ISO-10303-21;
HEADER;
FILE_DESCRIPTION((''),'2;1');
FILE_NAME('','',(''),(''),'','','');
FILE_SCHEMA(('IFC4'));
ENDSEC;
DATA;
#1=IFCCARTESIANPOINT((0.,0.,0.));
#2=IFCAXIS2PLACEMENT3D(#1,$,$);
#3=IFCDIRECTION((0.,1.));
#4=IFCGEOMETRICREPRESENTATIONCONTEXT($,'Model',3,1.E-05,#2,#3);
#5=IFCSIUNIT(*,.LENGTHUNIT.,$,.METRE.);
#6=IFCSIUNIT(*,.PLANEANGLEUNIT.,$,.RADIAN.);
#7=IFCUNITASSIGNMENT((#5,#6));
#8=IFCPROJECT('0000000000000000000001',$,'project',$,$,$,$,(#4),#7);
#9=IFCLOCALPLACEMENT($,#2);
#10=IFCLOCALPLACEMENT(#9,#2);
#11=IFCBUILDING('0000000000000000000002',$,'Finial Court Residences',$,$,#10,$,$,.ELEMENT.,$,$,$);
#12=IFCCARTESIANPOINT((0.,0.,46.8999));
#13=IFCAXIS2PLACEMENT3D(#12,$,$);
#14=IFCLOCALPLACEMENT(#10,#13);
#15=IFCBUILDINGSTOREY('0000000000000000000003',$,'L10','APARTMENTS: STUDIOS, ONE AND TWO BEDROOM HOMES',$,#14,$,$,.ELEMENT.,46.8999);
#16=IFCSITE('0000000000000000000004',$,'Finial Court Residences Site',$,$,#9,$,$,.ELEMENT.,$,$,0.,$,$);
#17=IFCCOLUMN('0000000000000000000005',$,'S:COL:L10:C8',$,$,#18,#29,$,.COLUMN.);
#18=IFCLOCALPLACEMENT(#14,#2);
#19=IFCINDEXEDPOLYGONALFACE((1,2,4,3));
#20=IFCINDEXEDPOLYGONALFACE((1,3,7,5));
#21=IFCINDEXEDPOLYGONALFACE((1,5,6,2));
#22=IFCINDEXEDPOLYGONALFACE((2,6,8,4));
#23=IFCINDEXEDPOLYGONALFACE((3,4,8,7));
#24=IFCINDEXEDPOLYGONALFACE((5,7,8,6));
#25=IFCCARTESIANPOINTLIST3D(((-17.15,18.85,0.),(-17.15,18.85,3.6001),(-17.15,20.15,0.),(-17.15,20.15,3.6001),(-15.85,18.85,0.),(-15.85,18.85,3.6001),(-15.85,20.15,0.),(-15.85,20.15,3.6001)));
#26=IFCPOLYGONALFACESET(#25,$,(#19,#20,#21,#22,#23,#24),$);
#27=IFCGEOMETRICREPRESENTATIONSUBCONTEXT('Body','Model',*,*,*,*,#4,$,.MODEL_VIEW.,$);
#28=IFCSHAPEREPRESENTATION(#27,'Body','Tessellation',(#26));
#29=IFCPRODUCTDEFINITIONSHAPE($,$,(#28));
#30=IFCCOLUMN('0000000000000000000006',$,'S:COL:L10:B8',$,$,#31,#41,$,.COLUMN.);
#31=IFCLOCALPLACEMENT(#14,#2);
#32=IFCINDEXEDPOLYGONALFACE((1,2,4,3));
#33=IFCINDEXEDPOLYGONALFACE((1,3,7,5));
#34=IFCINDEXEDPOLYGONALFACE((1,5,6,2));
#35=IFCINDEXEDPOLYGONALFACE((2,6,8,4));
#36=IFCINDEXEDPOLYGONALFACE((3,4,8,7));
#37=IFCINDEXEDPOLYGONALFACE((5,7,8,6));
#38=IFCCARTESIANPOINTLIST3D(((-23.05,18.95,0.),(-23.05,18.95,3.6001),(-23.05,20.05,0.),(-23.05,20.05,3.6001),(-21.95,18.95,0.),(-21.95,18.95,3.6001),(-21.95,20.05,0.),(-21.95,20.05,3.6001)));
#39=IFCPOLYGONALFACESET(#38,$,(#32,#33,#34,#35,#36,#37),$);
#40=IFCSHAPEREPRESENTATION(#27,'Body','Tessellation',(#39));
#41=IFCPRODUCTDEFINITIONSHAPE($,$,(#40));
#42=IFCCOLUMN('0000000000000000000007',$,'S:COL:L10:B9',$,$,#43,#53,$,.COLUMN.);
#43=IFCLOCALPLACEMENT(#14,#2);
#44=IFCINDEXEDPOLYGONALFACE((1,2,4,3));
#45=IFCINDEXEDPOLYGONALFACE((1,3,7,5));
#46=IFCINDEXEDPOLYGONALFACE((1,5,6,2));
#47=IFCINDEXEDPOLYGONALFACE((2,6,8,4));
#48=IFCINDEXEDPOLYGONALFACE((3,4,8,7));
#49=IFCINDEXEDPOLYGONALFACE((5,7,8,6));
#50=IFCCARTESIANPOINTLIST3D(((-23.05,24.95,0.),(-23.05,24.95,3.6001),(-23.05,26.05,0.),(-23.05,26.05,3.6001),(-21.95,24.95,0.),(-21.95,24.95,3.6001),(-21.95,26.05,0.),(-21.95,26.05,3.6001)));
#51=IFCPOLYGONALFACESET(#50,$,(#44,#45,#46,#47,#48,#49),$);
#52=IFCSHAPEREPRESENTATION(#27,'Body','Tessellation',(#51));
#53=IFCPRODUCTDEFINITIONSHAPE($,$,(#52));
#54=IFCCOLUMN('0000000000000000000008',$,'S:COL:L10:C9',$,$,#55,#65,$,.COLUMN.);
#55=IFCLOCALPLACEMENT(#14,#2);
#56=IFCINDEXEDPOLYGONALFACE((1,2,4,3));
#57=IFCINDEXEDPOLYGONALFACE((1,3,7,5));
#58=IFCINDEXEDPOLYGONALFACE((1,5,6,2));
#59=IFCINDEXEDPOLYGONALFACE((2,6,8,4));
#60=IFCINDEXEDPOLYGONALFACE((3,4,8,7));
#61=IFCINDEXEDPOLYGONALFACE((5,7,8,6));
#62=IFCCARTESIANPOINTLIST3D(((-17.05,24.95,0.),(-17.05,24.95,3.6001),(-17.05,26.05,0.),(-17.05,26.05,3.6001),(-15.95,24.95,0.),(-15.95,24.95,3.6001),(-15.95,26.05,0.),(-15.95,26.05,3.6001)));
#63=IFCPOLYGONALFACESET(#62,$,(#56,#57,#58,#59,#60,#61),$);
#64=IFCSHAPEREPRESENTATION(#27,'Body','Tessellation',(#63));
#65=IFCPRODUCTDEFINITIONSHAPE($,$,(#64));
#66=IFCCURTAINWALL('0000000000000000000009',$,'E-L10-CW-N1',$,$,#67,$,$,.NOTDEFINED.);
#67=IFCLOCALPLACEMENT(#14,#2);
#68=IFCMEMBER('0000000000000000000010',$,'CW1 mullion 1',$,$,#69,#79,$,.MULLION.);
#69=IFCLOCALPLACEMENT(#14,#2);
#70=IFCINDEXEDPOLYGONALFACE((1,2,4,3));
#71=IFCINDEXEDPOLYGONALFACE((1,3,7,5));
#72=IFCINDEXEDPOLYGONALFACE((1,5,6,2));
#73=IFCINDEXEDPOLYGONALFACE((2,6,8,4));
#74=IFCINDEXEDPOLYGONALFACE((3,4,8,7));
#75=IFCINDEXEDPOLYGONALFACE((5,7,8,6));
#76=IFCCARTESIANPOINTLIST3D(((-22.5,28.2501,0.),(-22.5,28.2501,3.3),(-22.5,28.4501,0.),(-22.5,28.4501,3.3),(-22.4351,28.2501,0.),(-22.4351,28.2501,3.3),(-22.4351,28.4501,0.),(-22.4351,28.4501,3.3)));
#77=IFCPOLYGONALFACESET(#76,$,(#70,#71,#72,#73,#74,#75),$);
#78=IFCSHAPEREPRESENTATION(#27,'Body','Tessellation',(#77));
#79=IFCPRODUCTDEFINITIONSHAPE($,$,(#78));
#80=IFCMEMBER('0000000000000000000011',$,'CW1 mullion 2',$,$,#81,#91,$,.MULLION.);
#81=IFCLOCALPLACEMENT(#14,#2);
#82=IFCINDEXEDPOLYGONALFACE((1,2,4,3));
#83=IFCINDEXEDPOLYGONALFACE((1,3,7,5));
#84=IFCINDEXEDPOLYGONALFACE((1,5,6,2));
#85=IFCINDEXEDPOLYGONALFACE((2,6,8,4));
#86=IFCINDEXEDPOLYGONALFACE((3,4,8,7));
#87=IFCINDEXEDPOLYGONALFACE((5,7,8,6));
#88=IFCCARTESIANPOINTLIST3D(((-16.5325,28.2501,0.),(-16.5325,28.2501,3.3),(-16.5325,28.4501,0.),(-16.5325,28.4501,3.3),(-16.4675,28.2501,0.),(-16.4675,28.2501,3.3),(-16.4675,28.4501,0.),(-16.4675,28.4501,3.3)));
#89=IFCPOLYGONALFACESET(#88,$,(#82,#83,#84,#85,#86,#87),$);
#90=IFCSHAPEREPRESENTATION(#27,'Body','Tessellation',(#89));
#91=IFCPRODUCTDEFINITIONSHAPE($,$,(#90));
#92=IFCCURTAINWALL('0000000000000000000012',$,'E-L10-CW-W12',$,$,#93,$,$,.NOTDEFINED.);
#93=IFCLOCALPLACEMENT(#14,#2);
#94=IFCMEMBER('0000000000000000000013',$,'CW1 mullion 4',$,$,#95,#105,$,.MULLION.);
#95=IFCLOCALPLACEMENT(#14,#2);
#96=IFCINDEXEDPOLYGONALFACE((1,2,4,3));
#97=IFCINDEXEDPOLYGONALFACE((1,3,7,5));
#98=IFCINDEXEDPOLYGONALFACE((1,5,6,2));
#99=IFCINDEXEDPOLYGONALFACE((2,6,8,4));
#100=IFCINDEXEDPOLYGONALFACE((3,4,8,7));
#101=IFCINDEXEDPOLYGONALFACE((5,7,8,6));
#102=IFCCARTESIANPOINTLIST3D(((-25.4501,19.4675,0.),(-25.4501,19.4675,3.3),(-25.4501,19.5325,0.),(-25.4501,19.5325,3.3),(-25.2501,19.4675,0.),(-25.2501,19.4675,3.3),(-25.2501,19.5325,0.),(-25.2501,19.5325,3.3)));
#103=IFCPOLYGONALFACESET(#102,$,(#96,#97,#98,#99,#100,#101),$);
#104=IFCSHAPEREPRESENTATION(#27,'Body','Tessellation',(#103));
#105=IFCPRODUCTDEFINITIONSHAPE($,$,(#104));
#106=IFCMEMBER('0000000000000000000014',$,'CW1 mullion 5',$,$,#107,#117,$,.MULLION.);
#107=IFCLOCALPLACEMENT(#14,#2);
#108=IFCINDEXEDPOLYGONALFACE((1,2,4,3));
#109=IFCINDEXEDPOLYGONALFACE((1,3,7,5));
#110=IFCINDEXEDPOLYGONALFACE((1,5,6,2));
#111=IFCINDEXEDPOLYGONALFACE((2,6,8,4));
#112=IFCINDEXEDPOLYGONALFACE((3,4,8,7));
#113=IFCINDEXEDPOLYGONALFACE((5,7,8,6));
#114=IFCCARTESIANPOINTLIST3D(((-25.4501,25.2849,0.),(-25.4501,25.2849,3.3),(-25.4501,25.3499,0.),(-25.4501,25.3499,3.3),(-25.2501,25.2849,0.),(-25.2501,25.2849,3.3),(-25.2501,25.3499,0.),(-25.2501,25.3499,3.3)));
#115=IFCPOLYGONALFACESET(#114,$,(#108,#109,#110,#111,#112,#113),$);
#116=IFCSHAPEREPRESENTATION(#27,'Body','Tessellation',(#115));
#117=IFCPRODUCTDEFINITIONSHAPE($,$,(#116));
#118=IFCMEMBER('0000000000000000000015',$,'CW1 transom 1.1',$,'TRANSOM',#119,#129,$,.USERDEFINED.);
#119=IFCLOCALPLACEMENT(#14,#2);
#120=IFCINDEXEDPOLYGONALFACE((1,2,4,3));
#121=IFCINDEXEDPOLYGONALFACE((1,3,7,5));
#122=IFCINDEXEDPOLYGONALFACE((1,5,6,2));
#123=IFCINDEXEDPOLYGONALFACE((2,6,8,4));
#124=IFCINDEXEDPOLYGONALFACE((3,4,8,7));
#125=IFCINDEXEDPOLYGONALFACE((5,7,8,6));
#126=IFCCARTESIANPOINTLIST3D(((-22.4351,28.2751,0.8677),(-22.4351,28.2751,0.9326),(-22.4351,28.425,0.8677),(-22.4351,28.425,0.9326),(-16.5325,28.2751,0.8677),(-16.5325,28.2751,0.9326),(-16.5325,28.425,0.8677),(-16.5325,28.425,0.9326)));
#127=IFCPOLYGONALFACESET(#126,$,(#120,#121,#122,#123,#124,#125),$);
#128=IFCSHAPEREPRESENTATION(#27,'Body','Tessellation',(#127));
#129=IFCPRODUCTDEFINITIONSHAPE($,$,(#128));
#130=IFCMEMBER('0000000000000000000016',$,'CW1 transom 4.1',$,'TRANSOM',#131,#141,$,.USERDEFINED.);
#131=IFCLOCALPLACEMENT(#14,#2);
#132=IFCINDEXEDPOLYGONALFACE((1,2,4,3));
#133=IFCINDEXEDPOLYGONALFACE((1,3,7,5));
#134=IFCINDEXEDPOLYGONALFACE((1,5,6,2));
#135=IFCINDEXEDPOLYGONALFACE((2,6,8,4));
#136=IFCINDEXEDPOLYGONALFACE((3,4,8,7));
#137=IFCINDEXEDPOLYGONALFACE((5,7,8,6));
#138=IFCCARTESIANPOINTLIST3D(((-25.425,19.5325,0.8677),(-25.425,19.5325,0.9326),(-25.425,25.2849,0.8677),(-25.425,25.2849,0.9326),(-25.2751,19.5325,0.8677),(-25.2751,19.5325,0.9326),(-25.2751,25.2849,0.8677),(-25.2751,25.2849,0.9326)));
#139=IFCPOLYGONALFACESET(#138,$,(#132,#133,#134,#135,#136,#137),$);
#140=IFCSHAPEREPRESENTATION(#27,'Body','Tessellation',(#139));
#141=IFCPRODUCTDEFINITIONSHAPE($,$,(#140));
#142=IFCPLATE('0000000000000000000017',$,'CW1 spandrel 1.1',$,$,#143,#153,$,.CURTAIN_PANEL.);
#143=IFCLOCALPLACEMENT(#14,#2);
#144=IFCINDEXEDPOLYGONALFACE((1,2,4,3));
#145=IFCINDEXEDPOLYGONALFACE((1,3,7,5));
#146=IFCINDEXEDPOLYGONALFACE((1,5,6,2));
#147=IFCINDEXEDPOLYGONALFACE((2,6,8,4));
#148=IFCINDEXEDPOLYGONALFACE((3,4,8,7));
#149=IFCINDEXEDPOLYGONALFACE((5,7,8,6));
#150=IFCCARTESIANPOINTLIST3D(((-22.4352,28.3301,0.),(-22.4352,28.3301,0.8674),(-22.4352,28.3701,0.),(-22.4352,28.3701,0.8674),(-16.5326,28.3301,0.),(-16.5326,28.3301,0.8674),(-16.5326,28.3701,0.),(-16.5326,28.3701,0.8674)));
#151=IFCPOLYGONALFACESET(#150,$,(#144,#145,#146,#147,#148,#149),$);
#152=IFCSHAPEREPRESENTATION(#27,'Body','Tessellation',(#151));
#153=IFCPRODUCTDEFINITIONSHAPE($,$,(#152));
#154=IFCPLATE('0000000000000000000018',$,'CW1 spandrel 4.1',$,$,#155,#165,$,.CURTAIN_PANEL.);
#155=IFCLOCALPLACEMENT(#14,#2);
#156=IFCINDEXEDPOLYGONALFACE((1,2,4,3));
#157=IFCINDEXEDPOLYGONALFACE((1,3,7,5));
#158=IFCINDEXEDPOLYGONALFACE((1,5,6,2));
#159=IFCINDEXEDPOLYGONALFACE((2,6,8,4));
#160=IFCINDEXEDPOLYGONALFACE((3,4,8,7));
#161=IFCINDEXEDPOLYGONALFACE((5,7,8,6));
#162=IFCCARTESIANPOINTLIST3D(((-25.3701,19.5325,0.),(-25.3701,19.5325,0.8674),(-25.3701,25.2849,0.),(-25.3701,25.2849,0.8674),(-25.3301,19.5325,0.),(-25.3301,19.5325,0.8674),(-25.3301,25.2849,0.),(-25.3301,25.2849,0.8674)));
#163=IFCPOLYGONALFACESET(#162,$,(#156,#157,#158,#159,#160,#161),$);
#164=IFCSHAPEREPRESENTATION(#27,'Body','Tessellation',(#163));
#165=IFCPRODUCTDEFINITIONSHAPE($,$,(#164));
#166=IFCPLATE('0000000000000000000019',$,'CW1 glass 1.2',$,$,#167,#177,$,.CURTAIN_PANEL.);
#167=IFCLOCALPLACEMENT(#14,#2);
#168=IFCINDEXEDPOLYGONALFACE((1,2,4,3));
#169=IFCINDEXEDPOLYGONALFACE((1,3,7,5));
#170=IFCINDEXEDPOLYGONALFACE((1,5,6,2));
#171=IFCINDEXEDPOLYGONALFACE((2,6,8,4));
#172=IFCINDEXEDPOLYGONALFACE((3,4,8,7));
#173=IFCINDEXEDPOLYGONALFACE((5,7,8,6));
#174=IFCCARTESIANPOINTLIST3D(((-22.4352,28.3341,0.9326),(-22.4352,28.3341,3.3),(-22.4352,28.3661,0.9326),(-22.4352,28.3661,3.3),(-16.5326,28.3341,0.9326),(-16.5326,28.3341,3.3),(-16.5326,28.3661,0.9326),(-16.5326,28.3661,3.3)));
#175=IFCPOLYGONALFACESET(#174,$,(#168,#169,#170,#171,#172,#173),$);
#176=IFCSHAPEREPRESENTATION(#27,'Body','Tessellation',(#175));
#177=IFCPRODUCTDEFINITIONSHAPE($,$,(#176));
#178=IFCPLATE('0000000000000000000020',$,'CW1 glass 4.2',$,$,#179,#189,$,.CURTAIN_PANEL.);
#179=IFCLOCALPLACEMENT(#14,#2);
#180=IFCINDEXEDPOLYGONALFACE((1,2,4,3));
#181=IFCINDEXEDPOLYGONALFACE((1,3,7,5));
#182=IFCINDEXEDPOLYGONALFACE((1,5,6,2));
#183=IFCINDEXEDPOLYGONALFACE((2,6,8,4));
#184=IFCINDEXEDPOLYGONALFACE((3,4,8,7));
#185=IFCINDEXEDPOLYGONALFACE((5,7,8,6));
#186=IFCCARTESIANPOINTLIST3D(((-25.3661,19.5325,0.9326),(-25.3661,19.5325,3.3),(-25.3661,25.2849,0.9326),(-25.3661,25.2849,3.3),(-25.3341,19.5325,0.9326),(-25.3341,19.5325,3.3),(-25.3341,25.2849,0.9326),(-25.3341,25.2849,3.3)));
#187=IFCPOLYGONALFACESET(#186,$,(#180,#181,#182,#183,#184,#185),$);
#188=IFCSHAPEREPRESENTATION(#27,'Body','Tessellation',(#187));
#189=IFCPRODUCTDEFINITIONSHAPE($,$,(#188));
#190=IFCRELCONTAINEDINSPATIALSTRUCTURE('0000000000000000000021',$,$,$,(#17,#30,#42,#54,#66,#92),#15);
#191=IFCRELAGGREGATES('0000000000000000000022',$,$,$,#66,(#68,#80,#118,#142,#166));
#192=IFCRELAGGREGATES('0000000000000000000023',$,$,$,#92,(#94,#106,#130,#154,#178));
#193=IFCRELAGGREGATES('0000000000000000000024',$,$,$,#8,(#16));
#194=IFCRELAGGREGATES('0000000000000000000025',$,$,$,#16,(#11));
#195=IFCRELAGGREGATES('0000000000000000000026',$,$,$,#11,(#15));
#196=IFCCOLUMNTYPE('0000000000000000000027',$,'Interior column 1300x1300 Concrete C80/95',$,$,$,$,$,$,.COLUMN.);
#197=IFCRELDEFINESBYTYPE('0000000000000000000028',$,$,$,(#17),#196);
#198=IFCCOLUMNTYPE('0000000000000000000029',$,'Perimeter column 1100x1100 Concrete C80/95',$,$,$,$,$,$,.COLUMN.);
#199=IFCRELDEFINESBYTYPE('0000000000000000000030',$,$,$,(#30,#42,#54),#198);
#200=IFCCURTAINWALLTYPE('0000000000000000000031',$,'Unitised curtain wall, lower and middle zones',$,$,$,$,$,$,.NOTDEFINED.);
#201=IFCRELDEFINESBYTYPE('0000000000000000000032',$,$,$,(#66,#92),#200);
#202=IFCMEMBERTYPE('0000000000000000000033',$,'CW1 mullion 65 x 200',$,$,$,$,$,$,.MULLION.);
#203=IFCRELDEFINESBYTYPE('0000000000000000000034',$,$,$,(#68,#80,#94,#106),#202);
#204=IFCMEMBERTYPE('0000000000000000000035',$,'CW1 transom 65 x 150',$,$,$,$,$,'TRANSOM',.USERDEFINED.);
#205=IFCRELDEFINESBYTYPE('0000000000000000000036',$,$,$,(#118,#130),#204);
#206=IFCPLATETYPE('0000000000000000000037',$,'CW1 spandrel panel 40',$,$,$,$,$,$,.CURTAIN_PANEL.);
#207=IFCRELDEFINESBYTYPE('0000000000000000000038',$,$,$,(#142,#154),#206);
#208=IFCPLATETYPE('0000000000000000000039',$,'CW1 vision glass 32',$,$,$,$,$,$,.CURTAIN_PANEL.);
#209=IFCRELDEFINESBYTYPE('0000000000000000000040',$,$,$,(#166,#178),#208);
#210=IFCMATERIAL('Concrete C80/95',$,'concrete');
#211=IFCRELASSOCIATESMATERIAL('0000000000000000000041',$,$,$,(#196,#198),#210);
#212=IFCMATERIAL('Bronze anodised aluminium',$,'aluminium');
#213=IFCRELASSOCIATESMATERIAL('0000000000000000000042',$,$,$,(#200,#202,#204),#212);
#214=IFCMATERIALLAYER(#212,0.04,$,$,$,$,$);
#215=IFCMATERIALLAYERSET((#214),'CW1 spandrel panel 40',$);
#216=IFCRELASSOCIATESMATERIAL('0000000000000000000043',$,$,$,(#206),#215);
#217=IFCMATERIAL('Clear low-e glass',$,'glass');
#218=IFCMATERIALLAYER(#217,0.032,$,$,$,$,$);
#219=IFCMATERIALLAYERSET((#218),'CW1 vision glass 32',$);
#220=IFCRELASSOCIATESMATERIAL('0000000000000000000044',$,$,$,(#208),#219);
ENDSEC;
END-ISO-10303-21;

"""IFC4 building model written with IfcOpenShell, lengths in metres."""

from ifc_helpers import new_model, si_unit, direction, frame, origin, origin_2d, place, context, subcontext, project, spatial, rectangle, extrude, material, layer, layer_set, material_profile, profile_set, type_object, element, aggregate, save


model = new_model("IFC4")

# Units and contexts
model_context = context("Model", 3, precision=1e-05, world=origin(), true_north=direction((0.0, 1.0)))
body_context = subcontext(model_context, "Body", "Model", "MODEL_VIEW")
ifc_project = project(units=[si_unit("LENGTHUNIT", "METRE"), si_unit("PLANEANGLEUNIT", "RADIAN")], contexts=[model_context])

# Site, building, storey
site_placement = place(None, origin())
site = spatial("IfcSite", under=ifc_project, at=site_placement, Name="Finial Court Residences Site", CompositionType="ELEMENT", RefElevation=0.0)
building_placement = place(site_placement, origin())
building = spatial("IfcBuilding", under=site, at=building_placement, Name="Finial Court Residences", CompositionType="ELEMENT")
storey_placement = place(building_placement, frame((0.0, 0.0, 46.8999)))
storey = spatial("IfcBuildingStorey", under=building, at=storey_placement, Name="L10", Description="APARTMENTS: STUDIOS, ONE AND TWO BEDROOM HOMES", CompositionType="ELEMENT", Elevation=46.8999)

# Columns
ifc_material_1 = material(Name="Concrete C80/95", Category="concrete")
ifc_material_profile_1 = material_profile(ifc_material_1, rectangle(XDim=1.3, YDim=1.3, at=origin_2d()), Name="1300x1300")
ifc_profile_set_1 = profile_set([ifc_material_profile_1], Name="Concrete C80/95")
column_type_1 = type_object("IfcColumnType", Name="Interior column 1300x1300 Concrete C80/95", PredefinedType="COLUMN", material=ifc_profile_set_1)
column_placement = place(storey_placement, frame((-16.5, 19.5, 0.0), z_axis=(0.0, 0.0, 1.0), x_axis=(1.0, 0.0, 0.0)))
element("IfcColumn", 1, at=column_placement, inside=storey, type_object=column_type_1, Name="S:COL:L10:C8", PredefinedType="COLUMN", context=body_context, shape_type="SweptSolid", body=[
    extrude(rectangle(XDim=1.3, YDim=1.3, at=origin_2d()), origin(), (0.0, 0.0, 1.0), 3.6001),
])
ifc_material_profile_2 = material_profile(ifc_material_1, rectangle(XDim=1.1001, YDim=1.1001, at=origin_2d()), Name="1100x1100")
ifc_profile_set_2 = profile_set([ifc_material_profile_2], Name="Concrete C80/95")
column_type_2 = type_object("IfcColumnType", Name="Perimeter column 1100x1100 Concrete C80/95", PredefinedType="COLUMN", material=ifc_profile_set_2)
for number, where, z_axis, x_axis, name in (
    (2, (-22.5, 19.5, 0.0), (0.0, 0.0, 1.0), (1.0, 0.0, 0.0), "S:COL:L10:B8"),
    (3, (-22.5, 25.5, 0.0), (0.0, 0.0, 1.0), (1.0, 0.0, 0.0), "S:COL:L10:B9"),
    (4, (-16.5, 25.5, 0.0), (0.0, 0.0, 1.0), (1.0, 0.0, 0.0), "S:COL:L10:C9"),
):
    element("IfcColumn", number, at=place(storey_placement, frame(where, z_axis=z_axis, x_axis=x_axis)), inside=storey, type_object=column_type_2, Name=name, PredefinedType="COLUMN", context=body_context, shape_type="SweptSolid", body=[
        extrude(rectangle(XDim=1.1001, YDim=1.1001, at=origin_2d()), origin(), (0.0, 0.0, 1.0), 3.6001),
    ])

# Curtain walls, members
ifc_material_2 = material(Name="Bronze anodised aluminium", Category="aluminium")
curtain_wall_type = type_object("IfcCurtainWallType", Name="Unitised curtain wall, lower and middle zones", PredefinedType="NOTDEFINED", material=ifc_material_2)
curtain_wall_1_placement = place(storey_placement, origin())
curtain_wall_1 = element("IfcCurtainWall", 5, at=curtain_wall_1_placement, inside=storey, type_object=curtain_wall_type, Name="E-L10-CW-N1", PredefinedType="NOTDEFINED")
ifc_material_profile_3 = material_profile(ifc_material_2, rectangle(XDim=0.2, YDim=0.0649, at=origin_2d()), Name="CW1 mullion 65 x 200")
ifc_profile_set_3 = profile_set([ifc_material_profile_3], Name="Bronze anodised aluminium")
member_type_1 = type_object("IfcMemberType", Name="CW1 mullion 65 x 200", PredefinedType="MULLION", material=ifc_profile_set_3)
member_1_placement = place(storey_placement, frame((-22.4675, 28.3501, 0.0), z_axis=(0.0, 0.0, 1.0), x_axis=(0.0, 1.0, 0.0)))
member_1 = element("IfcMember", 6, at=member_1_placement, type_object=member_type_1, Name="CW1 mullion 1", PredefinedType="MULLION", context=body_context, shape_type="SweptSolid", body=[
    extrude(rectangle(XDim=0.2, YDim=0.0649, at=origin_2d()), origin(), (0.0, 0.0, 1.0), 3.3),
])
member_2_placement = place(storey_placement, frame((-16.5, 28.3501, 0.0), z_axis=(0.0, 0.0, 1.0), x_axis=(0.0, 1.0, 0.0)))
member_2 = element("IfcMember", 7, at=member_2_placement, type_object=member_type_1, Name="CW1 mullion 2", PredefinedType="MULLION", context=body_context, shape_type="SweptSolid", body=[
    extrude(rectangle(XDim=0.2, YDim=0.0649, at=origin_2d()), origin(), (0.0, 0.0, 1.0), 3.3),
])
curtain_wall_2_placement = place(storey_placement, origin())
curtain_wall_2 = element("IfcCurtainWall", 8, at=curtain_wall_2_placement, inside=storey, type_object=curtain_wall_type, Name="E-L10-CW-W12", PredefinedType="NOTDEFINED")
member_3_placement = place(storey_placement, frame((-25.3501, 19.5, 0.0), z_axis=(0.0, 0.0, 1.0), x_axis=(-1.0, 0.0, 0.0)))
member_3 = element("IfcMember", 9, at=member_3_placement, type_object=member_type_1, Name="CW1 mullion 4", PredefinedType="MULLION", context=body_context, shape_type="SweptSolid", body=[
    extrude(rectangle(XDim=0.2, YDim=0.0649, at=origin_2d()), origin(), (0.0, 0.0, 1.0), 3.3),
])
member_4_placement = place(storey_placement, frame((-25.3501, 25.3174, 0.0), z_axis=(0.0, 0.0, 1.0), x_axis=(-1.0, 0.0, 0.0)))
member_4 = element("IfcMember", 10, at=member_4_placement, type_object=member_type_1, Name="CW1 mullion 5", PredefinedType="MULLION", context=body_context, shape_type="SweptSolid", body=[
    extrude(rectangle(XDim=0.2, YDim=0.0649, at=origin_2d()), origin(), (0.0, 0.0, 1.0), 3.3),
])

# Members
ifc_material_profile_4 = material_profile(ifc_material_2, rectangle(XDim=0.1499, YDim=0.0649, at=origin_2d()), Name="CW1 transom 65 x 150")
ifc_profile_set_4 = profile_set([ifc_material_profile_4], Name="Bronze anodised aluminium")
member_type_2 = type_object("IfcMemberType", Name="CW1 transom 65 x 150", ElementType="TRANSOM", PredefinedType="USERDEFINED", material=ifc_profile_set_4)
member_5_placement = place(storey_placement, frame((-22.4351, 28.3501, 0.9001), z_axis=(1.0, 0.0, 0.0), x_axis=(0.0, 1.0, 0.0)))
member_5 = element("IfcMember", 11, at=member_5_placement, type_object=member_type_2, Name="CW1 transom 1.1", ObjectType="TRANSOM", PredefinedType="USERDEFINED", context=body_context, shape_type="SweptSolid", body=[
    extrude(rectangle(XDim=0.1499, YDim=0.0649, at=origin_2d()), origin(), (0.0, 0.0, 1.0), 5.9026),
])
member_6_placement = place(storey_placement, frame((-25.3501, 19.5325, 0.9001), z_axis=(0.0, 1.0, 0.0), x_axis=(-1.0, 0.0, 0.0)))
member_6 = element("IfcMember", 12, at=member_6_placement, type_object=member_type_2, Name="CW1 transom 4.1", ObjectType="TRANSOM", PredefinedType="USERDEFINED", context=body_context, shape_type="SweptSolid", body=[
    extrude(rectangle(XDim=0.1499, YDim=0.0649, at=origin_2d()), origin(), (0.0, 0.0, 1.0), 5.7524),
])

# Plates
ifc_layer_1 = layer(ifc_material_2, 0.04)
ifc_layer_set_1 = layer_set([ifc_layer_1], Name="CW1 spandrel panel 40")
plate_type_1 = type_object("IfcPlateType", Name="CW1 spandrel panel 40", PredefinedType="CURTAIN_PANEL", material=ifc_layer_set_1)
plate_1_placement = place(storey_placement, frame((-19.4839, 28.3501, 0.0), z_axis=(0.0, 0.0, 1.0), x_axis=(1.0, 0.0, 0.0)))
plate_1 = element("IfcPlate", 13, at=plate_1_placement, type_object=plate_type_1, Name="CW1 spandrel 1.1", PredefinedType="CURTAIN_PANEL", context=body_context, shape_type="SweptSolid", body=[
    extrude(rectangle(XDim=5.9026, YDim=0.04, at=origin_2d()), origin(), (0.0, 0.0, 1.0), 0.8674),
])
plate_2_placement = place(storey_placement, frame((-25.3501, 22.4087, 0.0), z_axis=(0.0, 0.0, 1.0), x_axis=(0.0, 1.0, 0.0)))
plate_2 = element("IfcPlate", 14, at=plate_2_placement, type_object=plate_type_1, Name="CW1 spandrel 4.1", PredefinedType="CURTAIN_PANEL", context=body_context, shape_type="SweptSolid", body=[
    extrude(rectangle(XDim=5.7524, YDim=0.04, at=origin_2d()), origin(), (0.0, 0.0, 1.0), 0.8674),
])
ifc_material_3 = material(Name="Clear low-e glass", Category="glass")
ifc_layer_2 = layer(ifc_material_3, 0.032)
ifc_layer_set_2 = layer_set([ifc_layer_2], Name="CW1 vision glass 32")
plate_type_2 = type_object("IfcPlateType", Name="CW1 vision glass 32", PredefinedType="CURTAIN_PANEL", material=ifc_layer_set_2)
plate_3_placement = place(storey_placement, frame((-19.4839, 28.3501, 0.9326), z_axis=(0.0, 0.0, 1.0), x_axis=(1.0, 0.0, 0.0)))
plate_3 = element("IfcPlate", 15, at=plate_3_placement, type_object=plate_type_2, Name="CW1 glass 1.2", PredefinedType="CURTAIN_PANEL", context=body_context, shape_type="SweptSolid", body=[
    extrude(rectangle(XDim=5.9026, YDim=0.032, at=origin_2d()), origin(), (0.0, 0.0, 1.0), 2.3674),
])
aggregate(curtain_wall_1, [member_1, member_2, member_5, plate_1, plate_3])
plate_4_placement = place(storey_placement, frame((-25.3501, 22.4087, 0.9326), z_axis=(0.0, 0.0, 1.0), x_axis=(0.0, 1.0, 0.0)))
plate_4 = element("IfcPlate", 16, at=plate_4_placement, type_object=plate_type_2, Name="CW1 glass 4.2", PredefinedType="CURTAIN_PANEL", context=body_context, shape_type="SweptSolid", body=[
    extrude(rectangle(XDim=5.7524, YDim=0.032, at=origin_2d()), origin(), (0.0, 0.0, 1.0), 2.3674),
])
aggregate(curtain_wall_2, [member_3, member_4, member_6, plate_2, plate_4])

save(model, "model.ifc")
